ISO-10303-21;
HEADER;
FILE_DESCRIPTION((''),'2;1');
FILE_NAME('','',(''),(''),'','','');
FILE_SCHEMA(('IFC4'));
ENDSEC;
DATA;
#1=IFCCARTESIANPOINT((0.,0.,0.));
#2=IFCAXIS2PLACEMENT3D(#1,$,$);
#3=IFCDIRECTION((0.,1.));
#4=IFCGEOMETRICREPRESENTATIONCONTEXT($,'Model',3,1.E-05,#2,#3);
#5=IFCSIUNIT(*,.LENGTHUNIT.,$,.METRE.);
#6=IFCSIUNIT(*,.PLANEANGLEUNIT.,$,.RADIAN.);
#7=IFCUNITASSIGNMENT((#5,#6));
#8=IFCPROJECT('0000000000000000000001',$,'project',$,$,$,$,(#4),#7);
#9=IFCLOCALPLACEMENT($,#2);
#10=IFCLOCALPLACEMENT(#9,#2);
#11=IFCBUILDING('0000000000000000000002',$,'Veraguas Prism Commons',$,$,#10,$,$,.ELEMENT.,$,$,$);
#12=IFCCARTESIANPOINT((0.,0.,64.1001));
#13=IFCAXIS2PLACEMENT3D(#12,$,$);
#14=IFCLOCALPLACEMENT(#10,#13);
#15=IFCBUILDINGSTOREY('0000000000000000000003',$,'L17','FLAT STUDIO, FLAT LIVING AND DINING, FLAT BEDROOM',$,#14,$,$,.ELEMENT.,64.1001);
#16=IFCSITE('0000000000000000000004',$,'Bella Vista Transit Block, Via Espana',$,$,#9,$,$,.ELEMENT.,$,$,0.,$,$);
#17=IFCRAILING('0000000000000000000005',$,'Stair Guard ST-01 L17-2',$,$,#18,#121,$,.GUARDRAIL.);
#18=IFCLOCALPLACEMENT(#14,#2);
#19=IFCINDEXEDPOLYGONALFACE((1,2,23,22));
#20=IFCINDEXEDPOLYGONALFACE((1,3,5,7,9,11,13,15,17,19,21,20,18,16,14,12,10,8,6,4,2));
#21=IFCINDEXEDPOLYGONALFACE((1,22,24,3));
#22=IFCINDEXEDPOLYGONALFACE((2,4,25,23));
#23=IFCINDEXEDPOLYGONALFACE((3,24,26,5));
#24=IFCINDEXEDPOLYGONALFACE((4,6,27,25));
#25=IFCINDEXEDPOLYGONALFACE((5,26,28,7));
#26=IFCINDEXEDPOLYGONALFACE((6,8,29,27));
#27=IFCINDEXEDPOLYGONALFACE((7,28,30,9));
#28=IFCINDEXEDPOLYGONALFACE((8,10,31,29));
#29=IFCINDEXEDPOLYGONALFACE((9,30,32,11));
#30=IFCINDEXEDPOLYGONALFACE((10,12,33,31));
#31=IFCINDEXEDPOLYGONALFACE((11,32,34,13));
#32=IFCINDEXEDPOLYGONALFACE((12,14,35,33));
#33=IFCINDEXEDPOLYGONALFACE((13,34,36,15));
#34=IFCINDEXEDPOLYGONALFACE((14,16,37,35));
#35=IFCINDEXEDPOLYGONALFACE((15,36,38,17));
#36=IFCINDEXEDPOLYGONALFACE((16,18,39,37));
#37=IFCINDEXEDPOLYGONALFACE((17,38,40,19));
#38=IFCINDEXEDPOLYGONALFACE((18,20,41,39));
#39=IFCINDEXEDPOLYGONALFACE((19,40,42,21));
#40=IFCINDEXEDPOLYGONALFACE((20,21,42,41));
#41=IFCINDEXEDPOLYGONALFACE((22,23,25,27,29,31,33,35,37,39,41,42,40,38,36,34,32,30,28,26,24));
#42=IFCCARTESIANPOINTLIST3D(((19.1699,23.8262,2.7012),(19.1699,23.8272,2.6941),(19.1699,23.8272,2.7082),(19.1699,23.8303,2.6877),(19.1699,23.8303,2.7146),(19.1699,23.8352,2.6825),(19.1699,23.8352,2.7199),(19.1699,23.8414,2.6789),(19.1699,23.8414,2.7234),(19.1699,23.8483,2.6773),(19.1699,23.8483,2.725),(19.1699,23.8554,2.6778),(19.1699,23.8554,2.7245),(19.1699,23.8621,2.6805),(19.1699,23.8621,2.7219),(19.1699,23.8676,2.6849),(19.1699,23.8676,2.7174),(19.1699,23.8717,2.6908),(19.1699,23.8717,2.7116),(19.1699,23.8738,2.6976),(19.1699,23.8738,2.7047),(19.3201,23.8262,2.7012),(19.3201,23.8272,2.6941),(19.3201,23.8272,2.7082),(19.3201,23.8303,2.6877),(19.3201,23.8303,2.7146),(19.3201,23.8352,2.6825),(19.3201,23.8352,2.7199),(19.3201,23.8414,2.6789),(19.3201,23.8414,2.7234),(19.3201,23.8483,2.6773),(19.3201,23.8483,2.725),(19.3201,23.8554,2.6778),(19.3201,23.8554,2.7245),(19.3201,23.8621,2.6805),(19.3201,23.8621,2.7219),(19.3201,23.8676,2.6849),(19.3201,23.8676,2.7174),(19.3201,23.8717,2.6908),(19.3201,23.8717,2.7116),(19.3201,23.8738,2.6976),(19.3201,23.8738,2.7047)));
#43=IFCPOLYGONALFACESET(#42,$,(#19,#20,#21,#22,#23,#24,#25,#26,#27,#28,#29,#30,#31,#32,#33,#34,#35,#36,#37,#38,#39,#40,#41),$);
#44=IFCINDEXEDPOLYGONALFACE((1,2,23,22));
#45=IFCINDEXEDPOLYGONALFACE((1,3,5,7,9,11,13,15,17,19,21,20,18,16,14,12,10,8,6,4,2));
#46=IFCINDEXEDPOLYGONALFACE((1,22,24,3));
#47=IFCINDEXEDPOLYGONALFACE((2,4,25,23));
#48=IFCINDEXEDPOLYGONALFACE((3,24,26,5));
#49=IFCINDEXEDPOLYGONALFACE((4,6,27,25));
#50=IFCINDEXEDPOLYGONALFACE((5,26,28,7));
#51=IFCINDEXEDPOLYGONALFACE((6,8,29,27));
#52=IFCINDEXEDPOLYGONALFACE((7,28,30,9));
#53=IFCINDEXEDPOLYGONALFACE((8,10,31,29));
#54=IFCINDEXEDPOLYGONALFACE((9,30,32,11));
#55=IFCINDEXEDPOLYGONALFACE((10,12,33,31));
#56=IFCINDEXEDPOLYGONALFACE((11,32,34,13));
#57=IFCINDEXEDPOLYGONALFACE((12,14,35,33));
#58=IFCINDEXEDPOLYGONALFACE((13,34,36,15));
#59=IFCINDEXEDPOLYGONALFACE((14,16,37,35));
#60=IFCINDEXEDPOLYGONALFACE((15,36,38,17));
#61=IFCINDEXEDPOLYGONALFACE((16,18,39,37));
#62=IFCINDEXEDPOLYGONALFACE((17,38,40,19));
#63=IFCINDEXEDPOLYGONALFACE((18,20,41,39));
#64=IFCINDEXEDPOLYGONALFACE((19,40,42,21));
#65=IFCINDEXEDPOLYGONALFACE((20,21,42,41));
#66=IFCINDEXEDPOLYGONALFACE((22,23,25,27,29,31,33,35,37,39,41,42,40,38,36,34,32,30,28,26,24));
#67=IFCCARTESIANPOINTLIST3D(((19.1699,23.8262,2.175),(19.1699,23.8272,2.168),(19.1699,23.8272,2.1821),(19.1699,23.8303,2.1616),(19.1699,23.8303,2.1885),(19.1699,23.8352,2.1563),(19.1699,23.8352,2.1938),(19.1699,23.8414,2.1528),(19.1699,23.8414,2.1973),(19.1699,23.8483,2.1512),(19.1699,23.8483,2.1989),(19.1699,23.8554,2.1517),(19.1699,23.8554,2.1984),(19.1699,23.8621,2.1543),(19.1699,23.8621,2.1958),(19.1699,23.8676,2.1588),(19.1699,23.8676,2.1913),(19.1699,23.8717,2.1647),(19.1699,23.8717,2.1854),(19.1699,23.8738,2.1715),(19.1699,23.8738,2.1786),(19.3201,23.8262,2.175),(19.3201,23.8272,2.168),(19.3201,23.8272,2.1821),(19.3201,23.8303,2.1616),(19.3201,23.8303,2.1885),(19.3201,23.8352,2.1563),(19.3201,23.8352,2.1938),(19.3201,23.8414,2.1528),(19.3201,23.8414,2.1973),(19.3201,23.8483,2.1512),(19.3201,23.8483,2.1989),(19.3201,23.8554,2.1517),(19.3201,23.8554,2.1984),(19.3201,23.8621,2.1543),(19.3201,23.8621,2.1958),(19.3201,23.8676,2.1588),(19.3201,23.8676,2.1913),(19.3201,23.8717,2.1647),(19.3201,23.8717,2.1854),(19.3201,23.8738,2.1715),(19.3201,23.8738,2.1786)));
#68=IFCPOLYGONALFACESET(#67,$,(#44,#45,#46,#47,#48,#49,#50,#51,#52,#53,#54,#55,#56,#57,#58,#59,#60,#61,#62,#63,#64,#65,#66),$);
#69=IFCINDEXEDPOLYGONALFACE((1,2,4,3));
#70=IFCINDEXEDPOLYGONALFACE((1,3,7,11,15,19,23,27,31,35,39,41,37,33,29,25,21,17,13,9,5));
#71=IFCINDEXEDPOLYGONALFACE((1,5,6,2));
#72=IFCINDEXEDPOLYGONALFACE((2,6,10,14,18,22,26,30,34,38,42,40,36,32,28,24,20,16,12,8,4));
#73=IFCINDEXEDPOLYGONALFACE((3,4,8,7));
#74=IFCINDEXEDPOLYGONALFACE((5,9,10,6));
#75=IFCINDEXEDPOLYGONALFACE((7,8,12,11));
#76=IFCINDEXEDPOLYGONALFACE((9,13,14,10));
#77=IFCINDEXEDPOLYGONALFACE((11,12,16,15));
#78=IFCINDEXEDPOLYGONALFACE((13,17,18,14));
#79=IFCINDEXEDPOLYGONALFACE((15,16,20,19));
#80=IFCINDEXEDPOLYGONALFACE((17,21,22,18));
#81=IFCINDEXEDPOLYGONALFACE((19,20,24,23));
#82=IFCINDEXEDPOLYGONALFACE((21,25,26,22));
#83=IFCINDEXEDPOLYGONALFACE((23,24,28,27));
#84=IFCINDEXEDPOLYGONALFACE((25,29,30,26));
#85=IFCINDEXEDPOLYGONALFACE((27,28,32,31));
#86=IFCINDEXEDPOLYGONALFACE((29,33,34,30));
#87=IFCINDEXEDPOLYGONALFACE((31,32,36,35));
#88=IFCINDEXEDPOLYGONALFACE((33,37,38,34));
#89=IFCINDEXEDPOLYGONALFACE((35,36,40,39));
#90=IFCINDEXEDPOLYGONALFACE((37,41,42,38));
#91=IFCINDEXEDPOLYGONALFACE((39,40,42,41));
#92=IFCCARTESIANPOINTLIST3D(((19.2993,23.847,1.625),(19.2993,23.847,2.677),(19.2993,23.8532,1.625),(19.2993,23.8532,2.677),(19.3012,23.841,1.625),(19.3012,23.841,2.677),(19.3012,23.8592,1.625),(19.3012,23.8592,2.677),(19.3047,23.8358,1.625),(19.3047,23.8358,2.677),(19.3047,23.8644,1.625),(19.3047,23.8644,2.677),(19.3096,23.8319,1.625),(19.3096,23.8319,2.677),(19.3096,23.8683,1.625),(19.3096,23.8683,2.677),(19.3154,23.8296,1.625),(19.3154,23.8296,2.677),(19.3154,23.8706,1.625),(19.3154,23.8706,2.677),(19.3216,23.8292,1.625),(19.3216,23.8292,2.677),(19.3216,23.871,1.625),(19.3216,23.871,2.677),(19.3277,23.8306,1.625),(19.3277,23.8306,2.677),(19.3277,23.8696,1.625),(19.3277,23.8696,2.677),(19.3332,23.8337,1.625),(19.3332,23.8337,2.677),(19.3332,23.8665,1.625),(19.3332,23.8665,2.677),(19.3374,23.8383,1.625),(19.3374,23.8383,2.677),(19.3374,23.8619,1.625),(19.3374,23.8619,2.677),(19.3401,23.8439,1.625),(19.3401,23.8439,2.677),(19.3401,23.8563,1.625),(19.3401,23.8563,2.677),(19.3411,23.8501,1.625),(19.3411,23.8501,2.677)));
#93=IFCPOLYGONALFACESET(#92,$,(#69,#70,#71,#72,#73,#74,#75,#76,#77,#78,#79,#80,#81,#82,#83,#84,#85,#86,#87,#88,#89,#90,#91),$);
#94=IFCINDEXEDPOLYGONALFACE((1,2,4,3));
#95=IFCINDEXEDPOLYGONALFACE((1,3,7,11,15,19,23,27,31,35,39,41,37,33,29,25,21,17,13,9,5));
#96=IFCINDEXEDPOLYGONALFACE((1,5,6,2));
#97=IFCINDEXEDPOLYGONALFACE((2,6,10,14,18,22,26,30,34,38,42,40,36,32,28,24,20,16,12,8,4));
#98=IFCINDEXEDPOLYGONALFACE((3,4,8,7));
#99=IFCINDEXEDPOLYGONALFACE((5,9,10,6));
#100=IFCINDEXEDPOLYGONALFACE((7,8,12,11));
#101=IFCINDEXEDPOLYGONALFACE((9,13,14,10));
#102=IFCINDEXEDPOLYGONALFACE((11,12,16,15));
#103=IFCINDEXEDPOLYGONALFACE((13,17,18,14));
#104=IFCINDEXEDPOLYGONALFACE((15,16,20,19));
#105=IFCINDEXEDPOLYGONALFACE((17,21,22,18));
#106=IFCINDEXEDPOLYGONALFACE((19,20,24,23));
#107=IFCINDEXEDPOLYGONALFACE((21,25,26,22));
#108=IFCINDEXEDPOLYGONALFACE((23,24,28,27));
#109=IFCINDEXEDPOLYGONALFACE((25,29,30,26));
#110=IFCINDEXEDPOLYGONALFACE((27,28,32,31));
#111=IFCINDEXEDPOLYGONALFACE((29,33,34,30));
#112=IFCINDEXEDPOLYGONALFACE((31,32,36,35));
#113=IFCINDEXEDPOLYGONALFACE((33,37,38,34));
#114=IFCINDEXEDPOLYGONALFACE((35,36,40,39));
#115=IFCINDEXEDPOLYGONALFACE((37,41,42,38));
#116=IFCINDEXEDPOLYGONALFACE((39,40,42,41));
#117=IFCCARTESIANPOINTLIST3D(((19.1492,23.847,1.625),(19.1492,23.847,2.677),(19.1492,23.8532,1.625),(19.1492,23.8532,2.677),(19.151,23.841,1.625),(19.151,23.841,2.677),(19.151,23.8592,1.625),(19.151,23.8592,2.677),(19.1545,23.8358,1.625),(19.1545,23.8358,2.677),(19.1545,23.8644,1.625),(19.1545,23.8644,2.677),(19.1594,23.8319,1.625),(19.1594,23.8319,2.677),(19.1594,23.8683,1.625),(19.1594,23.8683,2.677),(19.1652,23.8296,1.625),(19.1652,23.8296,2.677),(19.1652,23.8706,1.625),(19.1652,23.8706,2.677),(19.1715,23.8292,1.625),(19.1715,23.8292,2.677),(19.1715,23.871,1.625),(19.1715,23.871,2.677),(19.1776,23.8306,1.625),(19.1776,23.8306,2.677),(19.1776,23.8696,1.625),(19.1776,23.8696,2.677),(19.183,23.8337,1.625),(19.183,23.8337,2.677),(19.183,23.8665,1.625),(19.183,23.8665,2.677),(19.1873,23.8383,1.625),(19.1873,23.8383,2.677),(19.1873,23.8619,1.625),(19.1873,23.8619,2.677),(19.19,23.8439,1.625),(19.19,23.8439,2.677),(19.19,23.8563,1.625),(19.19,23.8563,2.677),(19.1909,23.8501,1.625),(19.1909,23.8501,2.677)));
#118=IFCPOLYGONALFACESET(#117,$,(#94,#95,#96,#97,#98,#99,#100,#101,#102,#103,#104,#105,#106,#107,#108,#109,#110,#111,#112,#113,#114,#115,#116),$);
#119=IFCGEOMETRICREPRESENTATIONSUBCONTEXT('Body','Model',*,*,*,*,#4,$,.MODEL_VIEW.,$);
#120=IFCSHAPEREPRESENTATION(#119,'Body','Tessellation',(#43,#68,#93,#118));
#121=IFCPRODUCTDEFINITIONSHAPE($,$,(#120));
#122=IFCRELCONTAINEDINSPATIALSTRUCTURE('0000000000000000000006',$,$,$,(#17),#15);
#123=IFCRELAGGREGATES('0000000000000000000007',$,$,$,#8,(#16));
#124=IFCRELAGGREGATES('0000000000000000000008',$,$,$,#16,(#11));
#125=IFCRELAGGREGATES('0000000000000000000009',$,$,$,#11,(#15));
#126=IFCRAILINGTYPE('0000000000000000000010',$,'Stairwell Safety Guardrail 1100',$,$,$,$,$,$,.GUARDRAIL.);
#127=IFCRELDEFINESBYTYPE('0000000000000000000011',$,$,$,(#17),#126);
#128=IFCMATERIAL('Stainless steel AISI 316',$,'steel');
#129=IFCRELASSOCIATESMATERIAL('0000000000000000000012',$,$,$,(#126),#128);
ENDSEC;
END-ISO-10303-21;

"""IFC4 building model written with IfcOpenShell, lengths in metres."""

from ifc_helpers import new_model, si_unit, direction, frame, origin, origin_2d, place, context, subcontext, project, spatial, circle, extrude, material, type_object, element, save


model = new_model("IFC4")

# Units and contexts
model_context = context("Model", 3, precision=1e-05, world=origin(), true_north=direction((0.0, 1.0)))
body_context = subcontext(model_context, "Body", "Model", "MODEL_VIEW")
ifc_project = project(units=[si_unit("LENGTHUNIT", "METRE"), si_unit("PLANEANGLEUNIT", "RADIAN")], contexts=[model_context])

# Site, building, storey
site_placement = place(None, origin())
site = spatial("IfcSite", under=ifc_project, at=site_placement, Name="Bella Vista Transit Block, Via Espana", CompositionType="ELEMENT", RefElevation=0.0)
building_placement = place(site_placement, origin())
building = spatial("IfcBuilding", under=site, at=building_placement, Name="Veraguas Prism Commons", CompositionType="ELEMENT")
storey_placement = place(building_placement, frame((0.0, 0.0, 64.1001)))
storey = spatial("IfcBuildingStorey", under=building, at=storey_placement, Name="L17", Description="FLAT STUDIO, FLAT LIVING AND DINING, FLAT BEDROOM", CompositionType="ELEMENT", Elevation=64.1001)

# Railing
ifc_material_1 = material(Name="Stainless steel AISI 316", Category="steel")
railing_type_1 = type_object("IfcRailingType", Name="Stairwell Safety Guardrail 1100", PredefinedType="GUARDRAIL", material=ifc_material_1)
railing_1_placement = place(storey_placement, frame((19.3201, 23.8501, 1.625)))
element("IfcRailing", 1, at=railing_1_placement, inside=storey, type_object=railing_type_1, Name="Stair Guard ST-01 L17-2", PredefinedType="GUARDRAIL", context=body_context, shape_type="SweptSolid", body=[
    extrude(circle(Radius=0.0239, at=origin_2d()), frame((0.0, 0.0, 1.0762), z_axis=(-1.0, 0.0, 0.0), x_axis=(0.0, -1.0, 0.0)), (0.0, 0.0, 1.0), 0.1501),
    extrude(circle(Radius=0.0239, at=origin_2d()), frame((0.0, 0.0, 0.55), z_axis=(-1.0, 0.0, 0.0), x_axis=(0.0, -1.0, 0.0)), (0.0, 0.0, 1.0), 0.1501),
    extrude(circle(Radius=0.021, at=origin_2d()), origin(), (0.0, 0.0, 1.0), 1.052),
    extrude(circle(Radius=0.021, at=origin_2d()), frame((-0.1501, 0.0, 0.0)), (0.0, 0.0, 1.0), 1.052),
])

save(model, "model.ifc")
